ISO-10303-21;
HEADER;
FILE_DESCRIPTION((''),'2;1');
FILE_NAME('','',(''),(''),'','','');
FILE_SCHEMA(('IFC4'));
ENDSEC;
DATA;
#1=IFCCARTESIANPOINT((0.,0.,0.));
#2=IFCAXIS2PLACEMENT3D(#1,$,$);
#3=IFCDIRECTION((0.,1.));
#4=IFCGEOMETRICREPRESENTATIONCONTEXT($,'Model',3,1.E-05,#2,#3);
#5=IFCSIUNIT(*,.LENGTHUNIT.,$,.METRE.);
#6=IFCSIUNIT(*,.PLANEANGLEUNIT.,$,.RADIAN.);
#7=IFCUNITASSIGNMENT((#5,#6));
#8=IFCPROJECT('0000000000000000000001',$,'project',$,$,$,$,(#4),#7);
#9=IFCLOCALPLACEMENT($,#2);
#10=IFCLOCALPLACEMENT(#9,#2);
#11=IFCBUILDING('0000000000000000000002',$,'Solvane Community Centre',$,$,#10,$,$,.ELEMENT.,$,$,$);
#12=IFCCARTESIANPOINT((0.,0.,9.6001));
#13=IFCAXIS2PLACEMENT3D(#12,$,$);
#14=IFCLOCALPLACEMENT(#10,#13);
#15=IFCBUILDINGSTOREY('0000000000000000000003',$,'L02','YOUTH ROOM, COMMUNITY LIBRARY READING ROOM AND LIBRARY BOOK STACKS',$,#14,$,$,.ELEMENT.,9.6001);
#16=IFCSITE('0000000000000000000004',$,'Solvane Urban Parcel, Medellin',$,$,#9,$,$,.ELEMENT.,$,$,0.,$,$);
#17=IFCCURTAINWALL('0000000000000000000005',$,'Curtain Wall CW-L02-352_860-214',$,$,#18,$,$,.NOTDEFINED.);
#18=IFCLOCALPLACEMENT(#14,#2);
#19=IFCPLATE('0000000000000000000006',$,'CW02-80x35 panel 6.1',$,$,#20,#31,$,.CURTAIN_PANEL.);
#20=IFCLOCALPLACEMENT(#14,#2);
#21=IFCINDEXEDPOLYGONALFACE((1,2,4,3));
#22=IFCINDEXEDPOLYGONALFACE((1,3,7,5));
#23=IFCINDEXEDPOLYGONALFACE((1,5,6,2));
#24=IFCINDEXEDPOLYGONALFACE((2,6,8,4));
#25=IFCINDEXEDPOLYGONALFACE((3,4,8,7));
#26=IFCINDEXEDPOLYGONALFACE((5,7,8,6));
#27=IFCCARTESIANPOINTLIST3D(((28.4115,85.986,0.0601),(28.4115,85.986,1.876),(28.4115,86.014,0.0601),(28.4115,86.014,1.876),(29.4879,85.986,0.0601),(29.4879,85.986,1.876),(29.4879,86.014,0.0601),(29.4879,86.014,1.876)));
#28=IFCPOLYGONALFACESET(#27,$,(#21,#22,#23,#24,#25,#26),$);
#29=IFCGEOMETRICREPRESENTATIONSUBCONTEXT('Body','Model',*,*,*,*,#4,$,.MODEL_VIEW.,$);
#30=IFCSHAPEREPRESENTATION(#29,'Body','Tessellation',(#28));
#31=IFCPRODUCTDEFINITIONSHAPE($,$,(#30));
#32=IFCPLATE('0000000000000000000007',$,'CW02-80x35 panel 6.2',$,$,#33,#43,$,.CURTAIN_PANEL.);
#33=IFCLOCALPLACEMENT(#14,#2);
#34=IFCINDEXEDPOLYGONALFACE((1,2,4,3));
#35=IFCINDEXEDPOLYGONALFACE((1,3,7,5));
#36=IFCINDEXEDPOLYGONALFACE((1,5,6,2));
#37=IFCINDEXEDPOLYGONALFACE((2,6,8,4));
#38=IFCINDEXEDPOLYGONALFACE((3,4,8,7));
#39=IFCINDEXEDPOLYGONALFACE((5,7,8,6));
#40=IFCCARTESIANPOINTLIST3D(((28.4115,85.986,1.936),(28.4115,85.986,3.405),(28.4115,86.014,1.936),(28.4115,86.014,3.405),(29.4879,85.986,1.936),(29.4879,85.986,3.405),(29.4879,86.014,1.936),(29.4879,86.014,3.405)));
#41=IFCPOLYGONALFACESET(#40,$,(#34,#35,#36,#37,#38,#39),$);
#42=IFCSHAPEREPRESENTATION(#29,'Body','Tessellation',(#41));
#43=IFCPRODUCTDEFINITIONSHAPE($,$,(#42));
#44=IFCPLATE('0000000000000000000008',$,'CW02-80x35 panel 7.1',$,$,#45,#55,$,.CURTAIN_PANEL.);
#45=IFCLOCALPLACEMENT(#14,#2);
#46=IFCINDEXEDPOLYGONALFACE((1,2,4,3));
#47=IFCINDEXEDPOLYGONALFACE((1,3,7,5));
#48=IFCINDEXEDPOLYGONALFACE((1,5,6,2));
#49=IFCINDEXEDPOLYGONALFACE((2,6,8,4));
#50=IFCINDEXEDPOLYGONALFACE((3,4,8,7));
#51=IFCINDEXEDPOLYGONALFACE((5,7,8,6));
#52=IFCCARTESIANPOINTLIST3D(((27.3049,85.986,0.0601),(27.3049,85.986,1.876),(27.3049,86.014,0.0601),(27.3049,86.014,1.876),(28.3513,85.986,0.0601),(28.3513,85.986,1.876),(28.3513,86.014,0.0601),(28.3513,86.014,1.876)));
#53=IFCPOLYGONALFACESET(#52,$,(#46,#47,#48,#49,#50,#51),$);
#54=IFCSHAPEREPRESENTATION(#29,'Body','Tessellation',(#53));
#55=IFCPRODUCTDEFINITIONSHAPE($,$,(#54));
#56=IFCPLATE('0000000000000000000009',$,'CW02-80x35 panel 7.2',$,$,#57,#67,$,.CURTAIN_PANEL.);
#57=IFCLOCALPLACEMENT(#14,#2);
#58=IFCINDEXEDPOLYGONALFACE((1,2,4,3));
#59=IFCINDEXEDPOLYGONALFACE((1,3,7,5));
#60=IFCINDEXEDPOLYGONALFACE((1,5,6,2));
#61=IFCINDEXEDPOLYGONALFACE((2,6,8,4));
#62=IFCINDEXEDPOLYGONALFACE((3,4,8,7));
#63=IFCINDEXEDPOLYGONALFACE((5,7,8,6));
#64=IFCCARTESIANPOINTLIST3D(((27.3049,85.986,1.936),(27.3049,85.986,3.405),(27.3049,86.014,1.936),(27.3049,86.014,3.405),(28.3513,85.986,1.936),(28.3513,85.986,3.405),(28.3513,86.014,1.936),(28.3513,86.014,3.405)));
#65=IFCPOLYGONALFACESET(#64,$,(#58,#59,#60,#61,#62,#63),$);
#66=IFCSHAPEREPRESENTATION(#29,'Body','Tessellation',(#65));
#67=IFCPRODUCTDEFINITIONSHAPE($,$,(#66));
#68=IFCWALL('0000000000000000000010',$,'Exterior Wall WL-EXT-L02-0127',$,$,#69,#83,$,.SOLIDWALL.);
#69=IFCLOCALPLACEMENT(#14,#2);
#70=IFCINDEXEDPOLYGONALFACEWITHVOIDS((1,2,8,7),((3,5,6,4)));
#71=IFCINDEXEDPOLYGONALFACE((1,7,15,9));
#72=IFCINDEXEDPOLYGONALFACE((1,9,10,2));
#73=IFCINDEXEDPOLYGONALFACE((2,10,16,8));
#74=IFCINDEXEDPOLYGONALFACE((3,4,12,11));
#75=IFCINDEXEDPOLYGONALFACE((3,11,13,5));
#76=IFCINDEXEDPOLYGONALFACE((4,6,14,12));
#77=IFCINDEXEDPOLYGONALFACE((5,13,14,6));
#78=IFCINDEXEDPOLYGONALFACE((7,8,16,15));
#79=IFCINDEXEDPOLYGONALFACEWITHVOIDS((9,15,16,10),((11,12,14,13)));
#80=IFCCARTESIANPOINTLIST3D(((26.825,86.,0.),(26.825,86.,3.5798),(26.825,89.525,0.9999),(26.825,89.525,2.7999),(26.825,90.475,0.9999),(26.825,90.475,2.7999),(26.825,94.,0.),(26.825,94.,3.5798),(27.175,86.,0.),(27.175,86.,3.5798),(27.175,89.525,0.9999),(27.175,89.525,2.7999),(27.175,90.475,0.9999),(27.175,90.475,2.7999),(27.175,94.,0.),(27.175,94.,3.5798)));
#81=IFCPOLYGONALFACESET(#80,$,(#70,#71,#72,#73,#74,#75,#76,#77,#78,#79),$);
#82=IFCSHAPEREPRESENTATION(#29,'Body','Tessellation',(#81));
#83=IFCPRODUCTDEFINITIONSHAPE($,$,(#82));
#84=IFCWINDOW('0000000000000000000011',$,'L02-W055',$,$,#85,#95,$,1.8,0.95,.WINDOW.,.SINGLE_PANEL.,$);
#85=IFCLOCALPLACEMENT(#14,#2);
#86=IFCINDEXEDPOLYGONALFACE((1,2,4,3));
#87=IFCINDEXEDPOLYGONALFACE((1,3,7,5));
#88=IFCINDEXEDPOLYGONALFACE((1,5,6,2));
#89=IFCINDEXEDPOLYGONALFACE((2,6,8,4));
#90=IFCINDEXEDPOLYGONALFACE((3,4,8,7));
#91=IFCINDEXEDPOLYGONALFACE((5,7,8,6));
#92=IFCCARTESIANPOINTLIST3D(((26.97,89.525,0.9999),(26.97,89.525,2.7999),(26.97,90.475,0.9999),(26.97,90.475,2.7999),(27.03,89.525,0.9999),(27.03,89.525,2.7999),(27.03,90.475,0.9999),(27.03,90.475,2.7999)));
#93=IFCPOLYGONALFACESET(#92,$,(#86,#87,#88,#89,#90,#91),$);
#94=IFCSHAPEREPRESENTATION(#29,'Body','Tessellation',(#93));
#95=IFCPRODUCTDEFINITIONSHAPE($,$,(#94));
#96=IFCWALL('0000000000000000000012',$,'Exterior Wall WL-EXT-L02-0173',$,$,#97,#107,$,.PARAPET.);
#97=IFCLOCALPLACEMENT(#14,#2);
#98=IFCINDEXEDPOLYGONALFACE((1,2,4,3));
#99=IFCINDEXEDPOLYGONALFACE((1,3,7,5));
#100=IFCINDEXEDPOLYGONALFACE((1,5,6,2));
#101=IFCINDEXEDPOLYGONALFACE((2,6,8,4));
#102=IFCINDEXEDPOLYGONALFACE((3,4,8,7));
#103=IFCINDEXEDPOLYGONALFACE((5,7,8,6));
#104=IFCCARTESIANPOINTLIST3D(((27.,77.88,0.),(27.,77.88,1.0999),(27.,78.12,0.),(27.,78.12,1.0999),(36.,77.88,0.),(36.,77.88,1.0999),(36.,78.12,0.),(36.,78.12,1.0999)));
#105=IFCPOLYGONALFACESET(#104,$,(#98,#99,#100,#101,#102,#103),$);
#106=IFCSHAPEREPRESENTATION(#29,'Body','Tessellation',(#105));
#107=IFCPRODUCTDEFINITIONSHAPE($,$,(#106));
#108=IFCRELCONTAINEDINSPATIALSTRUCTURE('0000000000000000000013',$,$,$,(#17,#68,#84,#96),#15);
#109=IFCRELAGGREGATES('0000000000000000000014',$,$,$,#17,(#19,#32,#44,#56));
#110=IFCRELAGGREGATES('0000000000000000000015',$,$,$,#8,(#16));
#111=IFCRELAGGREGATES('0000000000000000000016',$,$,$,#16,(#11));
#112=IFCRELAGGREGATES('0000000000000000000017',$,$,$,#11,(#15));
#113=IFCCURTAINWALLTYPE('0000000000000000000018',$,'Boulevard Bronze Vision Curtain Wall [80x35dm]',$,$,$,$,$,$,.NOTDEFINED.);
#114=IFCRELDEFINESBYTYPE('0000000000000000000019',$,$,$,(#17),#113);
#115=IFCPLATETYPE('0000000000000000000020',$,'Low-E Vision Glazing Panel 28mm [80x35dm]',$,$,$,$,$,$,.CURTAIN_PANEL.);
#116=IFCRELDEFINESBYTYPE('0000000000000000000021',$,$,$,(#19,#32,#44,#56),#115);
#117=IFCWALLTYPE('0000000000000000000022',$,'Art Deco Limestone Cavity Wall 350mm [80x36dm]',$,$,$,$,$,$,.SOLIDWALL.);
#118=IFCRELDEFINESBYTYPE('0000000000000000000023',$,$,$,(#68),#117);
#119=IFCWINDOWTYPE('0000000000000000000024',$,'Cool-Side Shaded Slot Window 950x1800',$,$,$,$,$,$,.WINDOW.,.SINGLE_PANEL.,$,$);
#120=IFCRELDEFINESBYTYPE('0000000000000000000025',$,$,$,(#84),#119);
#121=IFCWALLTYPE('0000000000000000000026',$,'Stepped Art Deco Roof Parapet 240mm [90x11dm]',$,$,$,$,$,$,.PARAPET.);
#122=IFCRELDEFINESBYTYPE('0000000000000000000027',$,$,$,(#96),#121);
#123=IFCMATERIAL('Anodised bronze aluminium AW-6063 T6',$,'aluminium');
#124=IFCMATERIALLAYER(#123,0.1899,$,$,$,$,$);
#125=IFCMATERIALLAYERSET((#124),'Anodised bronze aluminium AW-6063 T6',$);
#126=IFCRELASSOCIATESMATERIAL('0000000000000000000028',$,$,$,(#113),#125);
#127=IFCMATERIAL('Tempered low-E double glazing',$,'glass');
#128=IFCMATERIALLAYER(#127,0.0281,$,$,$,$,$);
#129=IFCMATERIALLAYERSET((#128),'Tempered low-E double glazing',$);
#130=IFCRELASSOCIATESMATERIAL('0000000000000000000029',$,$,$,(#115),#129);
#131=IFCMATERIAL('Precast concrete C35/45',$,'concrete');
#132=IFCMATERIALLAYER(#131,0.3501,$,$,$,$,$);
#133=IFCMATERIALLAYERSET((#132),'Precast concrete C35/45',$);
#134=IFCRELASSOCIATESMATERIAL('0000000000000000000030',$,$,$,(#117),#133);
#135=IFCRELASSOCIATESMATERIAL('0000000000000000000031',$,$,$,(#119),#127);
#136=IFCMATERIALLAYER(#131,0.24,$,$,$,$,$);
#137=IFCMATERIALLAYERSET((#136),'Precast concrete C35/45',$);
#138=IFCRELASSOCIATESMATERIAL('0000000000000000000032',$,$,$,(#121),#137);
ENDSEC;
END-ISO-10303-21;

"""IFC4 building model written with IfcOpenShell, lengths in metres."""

from ifc_helpers import new_model, si_unit, direction, frame, frame_2d, origin, origin_2d, place, context, subcontext, project, spatial, rectangle, extrude, material, layer, layer_set, type_object, element, fill, aggregate, save


model = new_model("IFC4")

# Units and contexts
model_context = context("Model", 3, precision=1e-05, world=origin(), true_north=direction((0.0, 1.0)))
body_context = subcontext(model_context, "Body", "Model", "MODEL_VIEW")
ifc_project = project(units=[si_unit("LENGTHUNIT", "METRE"), si_unit("PLANEANGLEUNIT", "RADIAN")], contexts=[model_context])

# Site, building, storey
site_placement = place(None, origin())
site = spatial("IfcSite", under=ifc_project, at=site_placement, Name="Solvane Urban Parcel, Medellin", CompositionType="ELEMENT", RefElevation=0.0)
building_placement = place(site_placement, origin())
building = spatial("IfcBuilding", under=site, at=building_placement, Name="Solvane Community Centre", CompositionType="ELEMENT")
storey_placement = place(building_placement, frame((0.0, 0.0, 9.6001)))
storey = spatial("IfcBuildingStorey", under=building, at=storey_placement, Name="L02", Description="YOUTH ROOM, COMMUNITY LIBRARY READING ROOM AND LIBRARY BOOK STACKS", CompositionType="ELEMENT", Elevation=9.6001)

# Curtain wall
ifc_material_1 = material(Name="Anodised bronze aluminium AW-6063 T6", Category="aluminium")
ifc_layer_1 = layer(ifc_material_1, 0.1899)
ifc_layer_set_1 = layer_set([ifc_layer_1], Name="Anodised bronze aluminium AW-6063 T6")
curtain_wall_type = type_object("IfcCurtainWallType", Name="Boulevard Bronze Vision Curtain Wall [80x35dm]", PredefinedType="NOTDEFINED", material=ifc_layer_set_1)
curtain_wall_placement = place(storey_placement, origin())
curtain_wall = element("IfcCurtainWall", 1, at=curtain_wall_placement, inside=storey, type_object=curtain_wall_type, Name="Curtain Wall CW-L02-352_860-214", PredefinedType="NOTDEFINED")

# Plates
ifc_material_2 = material(Name="Tempered low-E double glazing", Category="glass")
ifc_layer_2 = layer(ifc_material_2, 0.0281)
ifc_layer_set_2 = layer_set([ifc_layer_2], Name="Tempered low-E double glazing")
plate_type = type_object("IfcPlateType", Name="Low-E Vision Glazing Panel 28mm [80x35dm]", PredefinedType="CURTAIN_PANEL", material=ifc_layer_set_2)
plate_1_placement = place(storey_placement, frame((28.9497, 86.0, 0.0601), z_axis=(0.0, 0.0, 1.0), x_axis=(-1.0, 0.0, 0.0)))
plate_1 = element("IfcPlate", 2, at=plate_1_placement, type_object=plate_type, Name="CW02-80x35 panel 6.1", PredefinedType="CURTAIN_PANEL", context=body_context, shape_type="SweptSolid", body=[
    extrude(rectangle(XDim=1.0764, YDim=0.0281, at=origin_2d()), origin(), (0.0, 0.0, 1.0), 1.8159),
])
plate_2_placement = place(storey_placement, frame((28.9497, 86.0, 1.936), z_axis=(0.0, 0.0, 1.0), x_axis=(-1.0, 0.0, 0.0)))
plate_2 = element("IfcPlate", 3, at=plate_2_placement, type_object=plate_type, Name="CW02-80x35 panel 6.2", PredefinedType="CURTAIN_PANEL", context=body_context, shape_type="SweptSolid", body=[
    extrude(rectangle(XDim=1.0764, YDim=0.0281, at=origin_2d()), origin(), (0.0, 0.0, 1.0), 1.469),
])
plate_3_placement = place(storey_placement, frame((27.8281, 86.0, 0.0601), z_axis=(0.0, 0.0, 1.0), x_axis=(-1.0, 0.0, 0.0)))
plate_3 = element("IfcPlate", 4, at=plate_3_placement, type_object=plate_type, Name="CW02-80x35 panel 7.1", PredefinedType="CURTAIN_PANEL", context=body_context, shape_type="SweptSolid", body=[
    extrude(rectangle(XDim=1.0464, YDim=0.0281, at=origin_2d()), origin(), (0.0, 0.0, 1.0), 1.8159),
])
plate_4_placement = place(storey_placement, frame((27.8281, 86.0, 1.936), z_axis=(0.0, 0.0, 1.0), x_axis=(-1.0, 0.0, 0.0)))
plate_4 = element("IfcPlate", 5, at=plate_4_placement, type_object=plate_type, Name="CW02-80x35 panel 7.2", PredefinedType="CURTAIN_PANEL", context=body_context, shape_type="SweptSolid", body=[
    extrude(rectangle(XDim=1.0464, YDim=0.0281, at=origin_2d()), origin(), (0.0, 0.0, 1.0), 1.469),
])
aggregate(curtain_wall, [plate_1, plate_2, plate_3, plate_4])

# Wall, opening, window
ifc_material_3 = material(Name="Precast concrete C35/45", Category="concrete")
ifc_layer_3 = layer(ifc_material_3, 0.3501)
ifc_layer_set_3 = layer_set([ifc_layer_3], Name="Precast concrete C35/45")
wall_type_1 = type_object("IfcWallType", Name="Art Deco Limestone Cavity Wall 350mm [80x36dm]", PredefinedType="SOLIDWALL", material=ifc_layer_set_3)
wall_1_placement = place(storey_placement, frame((27.0, 86.0, 0.0), z_axis=(0.0, 0.0, 1.0), x_axis=(0.0, 1.0, 0.0)))
wall_1 = element("IfcWall", 6, at=wall_1_placement, inside=storey, type_object=wall_type_1, Name="Exterior Wall WL-EXT-L02-0127", PredefinedType="SOLIDWALL", context=body_context, shape_type="SweptSolid", body=[
    extrude(rectangle(XDim=8.0, YDim=0.3501, at=frame_2d((4.0, 0.0))), origin(), (0.0, 0.0, 1.0), 3.5798),
])
opening_placement = place(wall_1_placement, frame((3.5249, 0.0, 1.0)))
opening = element("IfcOpeningElement", 7, at=opening_placement, cuts=wall_1, PredefinedType="OPENING", context=body_context, shape_type="SweptSolid", body=[
    extrude(rectangle(XDim=0.95, YDim=1.8, at=frame_2d((0.4751, 0.8999))), frame((0.0, 0.1851, 0.0), z_axis=(0.0, -1.0, 0.0), x_axis=(1.0, 0.0, 0.0)), (0.0, 0.0, 1.0), 0.3701),
])
window_type = type_object("IfcWindowType", Name="Cool-Side Shaded Slot Window 950x1800", PartitioningType="SINGLE_PANEL", PredefinedType="WINDOW", material=ifc_material_2)
window_placement = place(opening_placement, origin())
window = element("IfcWindow", 8, at=window_placement, inside=storey, type_object=window_type, Name="L02-W055", OverallHeight=1.8, OverallWidth=0.95, PartitioningType="SINGLE_PANEL", PredefinedType="WINDOW", context=body_context, shape_type="SweptSolid", body=[
    extrude(rectangle(XDim=0.95, YDim=1.8, at=frame_2d((0.4751, 0.8999))), frame((0.0, 0.03, 0.0), z_axis=(0.0, -1.0, 0.0), x_axis=(1.0, 0.0, 0.0)), (0.0, 0.0, 1.0), 0.0601),
])
fill(opening, window)

# Wall
ifc_layer_4 = layer(ifc_material_3, 0.24)
ifc_layer_set_4 = layer_set([ifc_layer_4], Name="Precast concrete C35/45")
wall_type_2 = type_object("IfcWallType", Name="Stepped Art Deco Roof Parapet 240mm [90x11dm]", PredefinedType="PARAPET", material=ifc_layer_set_4)
wall_2_placement = place(storey_placement, frame((27.0, 78.0, 0.0), z_axis=(0.0, 0.0, 1.0), x_axis=(1.0, 0.0, 0.0)))
element("IfcWall", 9, at=wall_2_placement, inside=storey, type_object=wall_type_2, Name="Exterior Wall WL-EXT-L02-0173", PredefinedType="PARAPET", context=body_context, shape_type="SweptSolid", body=[
    extrude(rectangle(XDim=9.0, YDim=0.24, at=frame_2d((4.5, 0.0))), origin(), (0.0, 0.0, 1.0), 1.0999),
])

save(model, "model.ifc")
